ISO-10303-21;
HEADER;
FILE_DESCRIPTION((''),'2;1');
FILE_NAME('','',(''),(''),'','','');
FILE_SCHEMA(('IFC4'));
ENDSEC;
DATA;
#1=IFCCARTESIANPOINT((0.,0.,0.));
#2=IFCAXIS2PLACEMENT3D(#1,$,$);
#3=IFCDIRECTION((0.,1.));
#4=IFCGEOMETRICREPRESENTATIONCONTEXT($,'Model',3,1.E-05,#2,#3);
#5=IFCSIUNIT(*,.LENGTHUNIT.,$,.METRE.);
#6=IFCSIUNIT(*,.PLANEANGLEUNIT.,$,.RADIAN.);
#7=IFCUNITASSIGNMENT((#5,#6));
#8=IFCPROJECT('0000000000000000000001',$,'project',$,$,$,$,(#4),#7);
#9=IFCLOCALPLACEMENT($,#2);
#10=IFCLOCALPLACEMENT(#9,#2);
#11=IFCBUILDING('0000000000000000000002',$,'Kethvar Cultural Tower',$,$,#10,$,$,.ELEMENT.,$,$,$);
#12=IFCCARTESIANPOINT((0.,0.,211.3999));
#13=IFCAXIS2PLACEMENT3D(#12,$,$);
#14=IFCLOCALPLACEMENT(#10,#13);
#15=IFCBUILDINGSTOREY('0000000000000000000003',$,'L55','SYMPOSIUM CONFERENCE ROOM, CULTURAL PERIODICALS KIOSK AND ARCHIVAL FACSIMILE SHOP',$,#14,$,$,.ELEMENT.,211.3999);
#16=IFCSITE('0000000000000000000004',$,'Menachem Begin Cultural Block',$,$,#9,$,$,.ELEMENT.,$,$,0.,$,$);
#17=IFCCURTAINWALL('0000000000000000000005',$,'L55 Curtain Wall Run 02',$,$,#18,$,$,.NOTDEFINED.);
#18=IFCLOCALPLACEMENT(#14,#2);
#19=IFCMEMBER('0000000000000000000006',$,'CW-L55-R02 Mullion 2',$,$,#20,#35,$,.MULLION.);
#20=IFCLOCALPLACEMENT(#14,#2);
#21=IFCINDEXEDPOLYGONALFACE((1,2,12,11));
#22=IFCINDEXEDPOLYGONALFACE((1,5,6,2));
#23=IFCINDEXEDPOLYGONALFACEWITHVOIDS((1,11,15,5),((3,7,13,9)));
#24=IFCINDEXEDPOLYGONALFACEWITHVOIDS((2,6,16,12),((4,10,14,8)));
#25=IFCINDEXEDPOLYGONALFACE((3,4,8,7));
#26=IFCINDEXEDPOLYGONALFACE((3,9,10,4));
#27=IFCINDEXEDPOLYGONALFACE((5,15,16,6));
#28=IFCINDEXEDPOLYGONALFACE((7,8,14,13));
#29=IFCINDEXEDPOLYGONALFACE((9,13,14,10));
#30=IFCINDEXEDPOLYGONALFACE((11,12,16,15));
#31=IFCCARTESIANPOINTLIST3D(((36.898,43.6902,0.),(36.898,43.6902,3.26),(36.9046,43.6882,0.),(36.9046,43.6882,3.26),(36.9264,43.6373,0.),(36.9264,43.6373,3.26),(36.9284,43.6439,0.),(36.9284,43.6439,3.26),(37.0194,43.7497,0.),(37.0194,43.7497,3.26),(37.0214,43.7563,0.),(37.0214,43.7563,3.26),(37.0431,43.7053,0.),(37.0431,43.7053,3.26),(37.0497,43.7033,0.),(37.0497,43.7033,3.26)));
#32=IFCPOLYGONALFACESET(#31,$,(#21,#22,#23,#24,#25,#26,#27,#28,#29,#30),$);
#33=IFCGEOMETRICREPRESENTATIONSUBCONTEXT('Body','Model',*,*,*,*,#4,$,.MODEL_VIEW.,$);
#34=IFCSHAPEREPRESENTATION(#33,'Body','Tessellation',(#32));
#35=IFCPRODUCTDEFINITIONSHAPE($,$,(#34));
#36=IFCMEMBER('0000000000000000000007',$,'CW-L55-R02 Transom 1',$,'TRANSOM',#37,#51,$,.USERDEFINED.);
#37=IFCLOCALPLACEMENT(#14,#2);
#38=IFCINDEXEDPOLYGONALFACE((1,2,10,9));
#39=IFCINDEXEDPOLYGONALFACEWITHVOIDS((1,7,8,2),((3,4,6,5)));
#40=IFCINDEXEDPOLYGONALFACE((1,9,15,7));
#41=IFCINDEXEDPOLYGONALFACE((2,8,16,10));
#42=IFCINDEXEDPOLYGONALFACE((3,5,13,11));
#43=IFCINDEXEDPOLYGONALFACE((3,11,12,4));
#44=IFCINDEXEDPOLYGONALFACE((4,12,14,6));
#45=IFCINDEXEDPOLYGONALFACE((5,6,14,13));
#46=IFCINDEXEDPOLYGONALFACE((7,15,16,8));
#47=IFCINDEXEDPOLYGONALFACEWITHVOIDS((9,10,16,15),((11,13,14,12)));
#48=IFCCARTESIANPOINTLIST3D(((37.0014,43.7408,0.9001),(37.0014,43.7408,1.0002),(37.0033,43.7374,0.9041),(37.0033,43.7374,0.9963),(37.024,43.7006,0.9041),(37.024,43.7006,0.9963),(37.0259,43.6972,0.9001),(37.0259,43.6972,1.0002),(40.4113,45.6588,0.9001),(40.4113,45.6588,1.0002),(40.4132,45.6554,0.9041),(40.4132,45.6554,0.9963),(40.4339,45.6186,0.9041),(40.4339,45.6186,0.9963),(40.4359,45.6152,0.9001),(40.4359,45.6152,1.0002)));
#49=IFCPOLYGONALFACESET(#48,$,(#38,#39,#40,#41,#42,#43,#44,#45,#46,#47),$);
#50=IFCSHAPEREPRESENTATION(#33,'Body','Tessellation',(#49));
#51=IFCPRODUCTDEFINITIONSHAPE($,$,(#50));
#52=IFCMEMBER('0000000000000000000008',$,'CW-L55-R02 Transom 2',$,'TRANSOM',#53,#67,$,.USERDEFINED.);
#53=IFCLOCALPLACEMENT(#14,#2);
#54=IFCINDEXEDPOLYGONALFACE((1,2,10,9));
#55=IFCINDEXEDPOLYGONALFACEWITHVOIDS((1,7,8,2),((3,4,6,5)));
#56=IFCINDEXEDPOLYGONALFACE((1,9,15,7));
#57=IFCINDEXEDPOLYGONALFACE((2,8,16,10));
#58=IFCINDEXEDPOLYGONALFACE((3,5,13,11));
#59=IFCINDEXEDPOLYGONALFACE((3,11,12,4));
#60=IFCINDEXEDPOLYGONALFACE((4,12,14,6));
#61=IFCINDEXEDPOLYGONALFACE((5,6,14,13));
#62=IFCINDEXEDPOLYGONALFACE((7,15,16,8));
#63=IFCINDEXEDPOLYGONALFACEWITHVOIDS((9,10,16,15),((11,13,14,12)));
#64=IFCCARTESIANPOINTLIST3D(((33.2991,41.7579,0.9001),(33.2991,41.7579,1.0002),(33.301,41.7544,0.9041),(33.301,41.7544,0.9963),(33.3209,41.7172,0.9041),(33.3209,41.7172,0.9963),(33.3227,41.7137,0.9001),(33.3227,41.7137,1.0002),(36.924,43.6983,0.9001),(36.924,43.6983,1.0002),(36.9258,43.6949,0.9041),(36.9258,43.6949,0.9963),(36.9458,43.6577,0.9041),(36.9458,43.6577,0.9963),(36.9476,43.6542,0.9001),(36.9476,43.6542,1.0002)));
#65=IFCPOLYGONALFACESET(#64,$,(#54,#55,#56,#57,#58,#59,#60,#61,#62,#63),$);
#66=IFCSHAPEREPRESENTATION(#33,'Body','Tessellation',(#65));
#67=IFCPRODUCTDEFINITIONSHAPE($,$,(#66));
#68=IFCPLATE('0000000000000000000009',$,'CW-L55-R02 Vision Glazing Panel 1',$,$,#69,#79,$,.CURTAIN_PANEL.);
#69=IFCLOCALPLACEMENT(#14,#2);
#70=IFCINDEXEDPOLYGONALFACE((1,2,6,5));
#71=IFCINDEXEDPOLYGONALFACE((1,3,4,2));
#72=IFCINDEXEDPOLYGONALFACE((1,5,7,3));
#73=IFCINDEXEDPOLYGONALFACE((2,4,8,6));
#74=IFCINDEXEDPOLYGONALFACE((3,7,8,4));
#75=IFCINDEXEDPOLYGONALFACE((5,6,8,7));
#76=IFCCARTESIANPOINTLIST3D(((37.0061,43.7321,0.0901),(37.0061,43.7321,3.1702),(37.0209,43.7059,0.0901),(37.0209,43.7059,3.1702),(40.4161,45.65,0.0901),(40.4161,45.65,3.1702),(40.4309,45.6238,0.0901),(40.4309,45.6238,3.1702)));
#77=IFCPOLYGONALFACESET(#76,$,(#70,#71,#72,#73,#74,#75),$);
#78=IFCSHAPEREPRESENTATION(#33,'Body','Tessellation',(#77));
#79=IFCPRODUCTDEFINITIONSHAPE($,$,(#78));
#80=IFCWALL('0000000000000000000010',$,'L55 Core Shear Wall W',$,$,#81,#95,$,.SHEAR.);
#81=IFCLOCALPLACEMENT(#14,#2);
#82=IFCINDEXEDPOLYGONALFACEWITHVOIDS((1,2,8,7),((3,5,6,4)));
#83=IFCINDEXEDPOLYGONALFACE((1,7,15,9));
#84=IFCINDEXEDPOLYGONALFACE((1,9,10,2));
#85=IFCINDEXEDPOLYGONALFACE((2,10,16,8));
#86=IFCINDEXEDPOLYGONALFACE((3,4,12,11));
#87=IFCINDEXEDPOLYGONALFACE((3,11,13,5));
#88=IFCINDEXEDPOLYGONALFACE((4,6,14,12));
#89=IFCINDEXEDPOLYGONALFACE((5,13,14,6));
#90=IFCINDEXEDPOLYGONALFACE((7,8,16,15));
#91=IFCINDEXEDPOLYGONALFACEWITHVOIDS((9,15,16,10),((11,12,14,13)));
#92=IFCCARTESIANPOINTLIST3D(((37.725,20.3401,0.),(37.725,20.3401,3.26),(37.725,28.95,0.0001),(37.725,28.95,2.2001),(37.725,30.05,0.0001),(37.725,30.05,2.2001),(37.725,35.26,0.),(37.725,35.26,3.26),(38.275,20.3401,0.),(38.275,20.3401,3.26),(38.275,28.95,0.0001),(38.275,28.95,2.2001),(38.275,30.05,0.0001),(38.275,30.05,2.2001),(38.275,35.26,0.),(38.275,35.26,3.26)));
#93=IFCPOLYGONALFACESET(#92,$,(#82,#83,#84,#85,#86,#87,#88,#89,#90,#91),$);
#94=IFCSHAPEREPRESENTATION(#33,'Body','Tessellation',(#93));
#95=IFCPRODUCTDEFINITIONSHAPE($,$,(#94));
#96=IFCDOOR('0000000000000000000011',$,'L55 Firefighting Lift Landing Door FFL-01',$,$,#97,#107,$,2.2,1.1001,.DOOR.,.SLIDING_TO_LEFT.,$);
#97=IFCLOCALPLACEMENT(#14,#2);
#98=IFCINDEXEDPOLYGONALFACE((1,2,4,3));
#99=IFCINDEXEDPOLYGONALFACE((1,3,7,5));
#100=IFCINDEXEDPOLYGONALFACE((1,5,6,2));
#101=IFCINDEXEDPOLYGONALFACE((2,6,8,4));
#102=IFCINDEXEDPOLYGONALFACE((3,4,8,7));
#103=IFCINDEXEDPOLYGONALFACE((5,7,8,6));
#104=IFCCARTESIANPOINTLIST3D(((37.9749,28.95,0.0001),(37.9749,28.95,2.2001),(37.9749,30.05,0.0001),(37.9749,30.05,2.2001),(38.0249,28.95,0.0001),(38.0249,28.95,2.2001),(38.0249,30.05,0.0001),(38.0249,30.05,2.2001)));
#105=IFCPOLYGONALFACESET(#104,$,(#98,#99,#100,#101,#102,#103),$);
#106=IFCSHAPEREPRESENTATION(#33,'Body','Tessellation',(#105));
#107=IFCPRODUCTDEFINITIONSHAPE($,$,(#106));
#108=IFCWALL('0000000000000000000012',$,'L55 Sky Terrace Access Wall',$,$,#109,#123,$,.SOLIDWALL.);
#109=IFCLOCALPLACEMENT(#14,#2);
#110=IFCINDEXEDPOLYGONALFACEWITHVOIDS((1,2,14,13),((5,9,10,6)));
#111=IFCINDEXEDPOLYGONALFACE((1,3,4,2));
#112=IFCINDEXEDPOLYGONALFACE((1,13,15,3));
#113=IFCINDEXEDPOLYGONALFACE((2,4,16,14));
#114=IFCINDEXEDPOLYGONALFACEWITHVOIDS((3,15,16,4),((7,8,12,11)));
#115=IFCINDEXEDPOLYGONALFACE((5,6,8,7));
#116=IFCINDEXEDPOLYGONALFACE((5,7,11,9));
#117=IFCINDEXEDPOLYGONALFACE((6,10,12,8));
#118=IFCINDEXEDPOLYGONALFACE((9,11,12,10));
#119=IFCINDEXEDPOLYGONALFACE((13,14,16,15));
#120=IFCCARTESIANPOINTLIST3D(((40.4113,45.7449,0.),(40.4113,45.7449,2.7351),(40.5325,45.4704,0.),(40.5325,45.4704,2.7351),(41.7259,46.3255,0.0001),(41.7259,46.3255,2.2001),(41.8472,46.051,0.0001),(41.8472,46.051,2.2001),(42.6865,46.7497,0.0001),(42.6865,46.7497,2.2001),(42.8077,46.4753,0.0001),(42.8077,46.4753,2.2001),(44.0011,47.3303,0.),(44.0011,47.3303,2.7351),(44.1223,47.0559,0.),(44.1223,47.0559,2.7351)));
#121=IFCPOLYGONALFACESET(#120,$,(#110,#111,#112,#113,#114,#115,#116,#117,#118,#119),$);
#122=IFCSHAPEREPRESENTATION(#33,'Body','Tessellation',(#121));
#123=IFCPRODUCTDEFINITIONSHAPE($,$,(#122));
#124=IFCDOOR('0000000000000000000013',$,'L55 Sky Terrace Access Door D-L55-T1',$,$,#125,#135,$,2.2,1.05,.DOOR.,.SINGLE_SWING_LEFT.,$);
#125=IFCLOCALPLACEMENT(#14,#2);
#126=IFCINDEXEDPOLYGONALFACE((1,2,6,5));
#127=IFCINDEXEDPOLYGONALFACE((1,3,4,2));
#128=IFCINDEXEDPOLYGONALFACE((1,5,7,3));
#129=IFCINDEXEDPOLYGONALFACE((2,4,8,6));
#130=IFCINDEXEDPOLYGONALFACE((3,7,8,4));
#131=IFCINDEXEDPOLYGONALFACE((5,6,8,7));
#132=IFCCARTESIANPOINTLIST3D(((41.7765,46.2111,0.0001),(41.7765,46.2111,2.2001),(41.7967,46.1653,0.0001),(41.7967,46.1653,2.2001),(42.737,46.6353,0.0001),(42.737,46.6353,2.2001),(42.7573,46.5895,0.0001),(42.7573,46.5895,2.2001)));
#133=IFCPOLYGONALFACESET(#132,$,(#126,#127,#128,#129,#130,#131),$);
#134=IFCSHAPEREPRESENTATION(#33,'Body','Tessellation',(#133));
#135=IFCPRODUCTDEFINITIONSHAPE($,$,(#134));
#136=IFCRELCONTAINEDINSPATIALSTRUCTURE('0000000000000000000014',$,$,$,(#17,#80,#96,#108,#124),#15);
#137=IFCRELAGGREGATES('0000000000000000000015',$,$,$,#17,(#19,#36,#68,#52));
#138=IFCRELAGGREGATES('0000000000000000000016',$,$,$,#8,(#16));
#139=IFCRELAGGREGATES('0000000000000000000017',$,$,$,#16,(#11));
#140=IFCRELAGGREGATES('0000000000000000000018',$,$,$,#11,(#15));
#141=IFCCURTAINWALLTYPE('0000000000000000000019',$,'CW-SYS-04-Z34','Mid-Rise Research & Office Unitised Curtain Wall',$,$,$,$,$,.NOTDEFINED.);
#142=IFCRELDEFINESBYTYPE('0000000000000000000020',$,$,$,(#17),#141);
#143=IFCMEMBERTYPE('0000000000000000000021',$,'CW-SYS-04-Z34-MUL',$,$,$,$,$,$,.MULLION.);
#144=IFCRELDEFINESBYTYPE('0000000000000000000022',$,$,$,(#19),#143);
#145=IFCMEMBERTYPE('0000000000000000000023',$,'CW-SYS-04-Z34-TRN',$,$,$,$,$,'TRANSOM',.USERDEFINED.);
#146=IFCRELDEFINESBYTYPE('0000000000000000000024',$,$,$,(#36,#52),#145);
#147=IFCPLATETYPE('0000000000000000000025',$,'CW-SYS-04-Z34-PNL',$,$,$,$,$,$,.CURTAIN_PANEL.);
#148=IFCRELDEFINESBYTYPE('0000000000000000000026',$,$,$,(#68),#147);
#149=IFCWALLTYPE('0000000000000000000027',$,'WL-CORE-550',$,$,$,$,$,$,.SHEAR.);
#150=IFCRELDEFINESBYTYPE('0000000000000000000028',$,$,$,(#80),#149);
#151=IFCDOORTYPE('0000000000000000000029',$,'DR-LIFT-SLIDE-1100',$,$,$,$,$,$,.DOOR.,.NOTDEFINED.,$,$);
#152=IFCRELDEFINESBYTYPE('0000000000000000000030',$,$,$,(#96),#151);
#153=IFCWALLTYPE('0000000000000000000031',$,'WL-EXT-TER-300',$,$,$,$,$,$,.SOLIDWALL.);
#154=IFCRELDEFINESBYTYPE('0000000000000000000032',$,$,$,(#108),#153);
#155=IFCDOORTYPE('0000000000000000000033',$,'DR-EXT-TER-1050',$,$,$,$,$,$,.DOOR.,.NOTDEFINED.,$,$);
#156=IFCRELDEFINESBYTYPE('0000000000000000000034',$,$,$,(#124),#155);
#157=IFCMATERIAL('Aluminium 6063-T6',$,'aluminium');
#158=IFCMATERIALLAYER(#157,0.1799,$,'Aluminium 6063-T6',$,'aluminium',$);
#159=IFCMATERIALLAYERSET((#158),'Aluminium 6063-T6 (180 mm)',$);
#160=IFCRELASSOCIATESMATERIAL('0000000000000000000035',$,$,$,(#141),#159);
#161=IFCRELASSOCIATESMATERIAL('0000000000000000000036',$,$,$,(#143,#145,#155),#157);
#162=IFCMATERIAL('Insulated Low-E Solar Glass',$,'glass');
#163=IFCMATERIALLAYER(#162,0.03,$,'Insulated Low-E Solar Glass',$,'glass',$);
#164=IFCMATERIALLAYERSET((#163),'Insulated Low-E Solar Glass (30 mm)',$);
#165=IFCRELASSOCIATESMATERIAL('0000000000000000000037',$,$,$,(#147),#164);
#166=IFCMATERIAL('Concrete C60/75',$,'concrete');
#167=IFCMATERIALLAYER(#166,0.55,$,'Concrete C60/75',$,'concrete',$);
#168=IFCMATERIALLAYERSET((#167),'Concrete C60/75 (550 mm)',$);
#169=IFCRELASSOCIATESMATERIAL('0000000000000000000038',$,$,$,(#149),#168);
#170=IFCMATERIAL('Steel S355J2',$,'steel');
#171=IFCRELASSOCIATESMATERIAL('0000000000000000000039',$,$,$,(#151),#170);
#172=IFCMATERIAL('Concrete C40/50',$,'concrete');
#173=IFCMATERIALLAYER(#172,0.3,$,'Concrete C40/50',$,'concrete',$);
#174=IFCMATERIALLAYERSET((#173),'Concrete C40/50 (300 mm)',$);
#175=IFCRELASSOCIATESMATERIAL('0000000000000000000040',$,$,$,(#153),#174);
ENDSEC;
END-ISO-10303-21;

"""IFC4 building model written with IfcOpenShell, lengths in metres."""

from ifc_helpers import new_model, si_unit, direction, frame, frame_2d, origin, origin_2d, place, context, subcontext, project, spatial, rectangle, hollow_rectangle, extrude, source, transform, mapped, material, layer, layer_set, material_profile, profile_set, type_object, element, fill, aggregate, save


model = new_model("IFC4")

# Units and contexts
model_context = context("Model", 3, precision=1e-05, world=origin(), true_north=direction((0.0, 1.0)))
body_context = subcontext(model_context, "Body", "Model", "MODEL_VIEW")
ifc_project = project(units=[si_unit("LENGTHUNIT", "METRE"), si_unit("PLANEANGLEUNIT", "RADIAN")], contexts=[model_context])

# Site, building, storey
site_placement = place(None, origin())
site = spatial("IfcSite", under=ifc_project, at=site_placement, Name="Menachem Begin Cultural Block", CompositionType="ELEMENT", RefElevation=0.0)
building_placement = place(site_placement, origin())
building = spatial("IfcBuilding", under=site, at=building_placement, Name="Kethvar Cultural Tower", CompositionType="ELEMENT")
storey_placement = place(building_placement, frame((0.0, 0.0, 211.3999)))
storey = spatial("IfcBuildingStorey", under=building, at=storey_placement, Name="L55", Description="SYMPOSIUM CONFERENCE ROOM, CULTURAL PERIODICALS KIOSK AND ARCHIVAL FACSIMILE SHOP", CompositionType="ELEMENT", Elevation=211.3999)

# Shared definitions
ifc_material_1 = material(Name="Steel S355J2", Category="steel")

# Shared definitions
ifc_material_2 = material(Name="Aluminium 6063-T6", Category="aluminium")
ifc_layer_1 = layer(ifc_material_2, 0.1799, Name="Aluminium 6063-T6", Category="aluminium")
ifc_layer_set_1 = layer_set([ifc_layer_1], Name="Aluminium 6063-T6 (180 mm)")
curtain_wall_type = type_object("IfcCurtainWallType", Name="CW-SYS-04-Z34", Description="Mid-Rise Research & Office Unitised Curtain Wall", PredefinedType="NOTDEFINED", material=ifc_layer_set_1)
ifc_material_profile_1 = material_profile(ifc_material_2, hollow_rectangle(XDim=0.0601, YDim=0.1399, WallThickness=0.0049, at=origin_2d()), Name="Aluminium 6063-T6 — RHS140x60x5")
ifc_profile_set_1 = profile_set([ifc_material_profile_1], Name="Aluminium 6063-T6 — RHS140x60x5")
member_type_1 = type_object("IfcMemberType", Name="CW-SYS-04-Z34-MUL", PredefinedType="MULLION", material=ifc_profile_set_1)
shared_shape_1 = source(origin(), body_context, "Body", "SweptSolid", [
    extrude(hollow_rectangle(XDim=0.0601, YDim=0.1399, WallThickness=0.0049, at=origin_2d()), origin(), (0.0, 0.0, 1.0), 3.26),
])

# Curtain wall, members, plate
curtain_wall_1_placement = place(storey_placement, origin())
curtain_wall_1 = element("IfcCurtainWall", 1, at=curtain_wall_1_placement, inside=storey, type_object=curtain_wall_type, Name="L55 Curtain Wall Run 02", PredefinedType="NOTDEFINED")
member_1_placement = place(storey_placement, frame((36.9739, 43.6968, 0.0), z_axis=(0.0, 0.0, 1.0), x_axis=(0.471982, -0.881608, 0.0)))
member_1 = element("IfcMember", 2, at=member_1_placement, type_object=member_type_1, Name="CW-L55-R02 Mullion 2", PredefinedType="MULLION", context=body_context, shape_type="MappedRepresentation", body=[
    mapped(shared_shape_1, transform((0.0, 0.0, 0.0), scale=1.0)),
])
ifc_material_profile_2 = material_profile(ifc_material_2, hollow_rectangle(XDim=0.05, YDim=0.1001, WallThickness=0.0039, at=origin_2d()), Name="Aluminium 6063-T6 — RHS100x50x4")
ifc_profile_set_2 = profile_set([ifc_material_profile_2], Name="Aluminium 6063-T6 — RHS100x50x4")
member_type_2 = type_object("IfcMemberType", Name="CW-SYS-04-Z34-TRN", ElementType="TRANSOM", PredefinedType="USERDEFINED", material=ifc_profile_set_2)
shared_shape_2 = source(origin(), body_context, "Body", "SweptSolid", [
    extrude(hollow_rectangle(XDim=0.05, YDim=0.1001, WallThickness=0.0039, at=origin_2d()), origin(), (0.0, 0.0, 1.0), 3.9124),
])
member_2_placement = place(storey_placement, frame((40.4236, 45.637, 0.9502), z_axis=(-0.871587, -0.490241, 0.0), x_axis=(0.490241, -0.871587, 0.0)))
member_2 = element("IfcMember", 3, at=member_2_placement, type_object=member_type_2, Name="CW-L55-R02 Transom 1", ObjectType="TRANSOM", PredefinedType="USERDEFINED", context=body_context, shape_type="MappedRepresentation", body=[
    mapped(shared_shape_2, transform((0.0, 0.0, 0.0), scale=1.0)),
])
shared_shape_3 = source(origin(), body_context, "Body", "SweptSolid", [
    extrude(hollow_rectangle(XDim=0.05, YDim=0.1001, WallThickness=0.0039, at=origin_2d()), origin(), (0.0, 0.0, 1.0), 4.1116),
])
member_3_placement = place(storey_placement, frame((36.9358, 43.6763, 0.9502), z_axis=(-0.881622, -0.471956, 0.0), x_axis=(0.471956, -0.881622, 0.0)))
member_3 = element("IfcMember", 4, at=member_3_placement, type_object=member_type_2, Name="CW-L55-R02 Transom 2", ObjectType="TRANSOM", PredefinedType="USERDEFINED", context=body_context, shape_type="MappedRepresentation", body=[
    mapped(shared_shape_3, transform((0.0, 0.0, 0.0), scale=1.0)),
])
ifc_material_3 = material(Name="Insulated Low-E Solar Glass", Category="glass")
ifc_layer_2 = layer(ifc_material_3, 0.03, Name="Insulated Low-E Solar Glass", Category="glass")
ifc_layer_set_2 = layer_set([ifc_layer_2], Name="Insulated Low-E Solar Glass (30 mm)")
plate_type = type_object("IfcPlateType", Name="CW-SYS-04-Z34-PNL", PredefinedType="CURTAIN_PANEL", material=ifc_layer_set_2)
shared_shape_4 = source(origin(), body_context, "Body", "SweptSolid", [
    extrude(rectangle(XDim=3.9124, YDim=0.03, at=origin_2d()), origin(), (0.0, 0.0, 1.0), 3.0801),
])
plate_placement = place(storey_placement, frame((38.7185, 44.678, 0.0901), z_axis=(0.0, 0.0, 1.0), x_axis=(-0.871599, -0.490219, 0.0)))
plate = element("IfcPlate", 5, at=plate_placement, type_object=plate_type, Name="CW-L55-R02 Vision Glazing Panel 1", PredefinedType="CURTAIN_PANEL", context=body_context, shape_type="MappedRepresentation", body=[
    mapped(shared_shape_4, transform((0.0, 0.0, 0.0), scale=1.0)),
])
aggregate(curtain_wall_1, [member_1, member_2, plate, member_3])

# Walls, openings, doors
ifc_material_4 = material(Name="Concrete C60/75", Category="concrete")
ifc_layer_3 = layer(ifc_material_4, 0.55, Name="Concrete C60/75", Category="concrete")
ifc_layer_set_3 = layer_set([ifc_layer_3], Name="Concrete C60/75 (550 mm)")
wall_type_1 = type_object("IfcWallType", Name="WL-CORE-550", PredefinedType="SHEAR", material=ifc_layer_set_3)
wall_1_placement = place(storey_placement, frame((38.0, 35.26, 0.0), z_axis=(0.0, 0.0, 1.0), x_axis=(0.0, -1.0, 0.0)))
wall_1 = element("IfcWall", 6, at=wall_1_placement, inside=storey, type_object=wall_type_1, Name="L55 Core Shear Wall W", PredefinedType="SHEAR", context=body_context, shape_type="SweptSolid", body=[
    extrude(rectangle(XDim=14.9199, YDim=0.55, at=frame_2d((7.46, 0.0))), origin(), (0.0, 0.0, 1.0), 3.26),
])
opening_1_placement = place(wall_1_placement, frame((5.21, 0.0, 0.0)))
opening_1 = element("IfcOpeningElement", 7, at=opening_1_placement, cuts=wall_1, PredefinedType="OPENING", context=body_context, shape_type="SweptSolid", body=[
    extrude(rectangle(XDim=1.1001, YDim=2.2, at=frame_2d((0.55, 1.1001))), frame((0.0, 0.2849, 0.0), z_axis=(0.0, -1.0, 0.0), x_axis=(1.0, 0.0, 0.0)), (0.0, 0.0, 1.0), 0.5701),
])
door_type_1 = type_object("IfcDoorType", Name="DR-LIFT-SLIDE-1100", OperationType="NOTDEFINED", PredefinedType="DOOR", material=ifc_material_1)
shared_shape_5 = source(origin(), body_context, "Body", "SweptSolid", [
    extrude(rectangle(XDim=1.1001, YDim=2.2, at=frame_2d((0.55, 1.1001))), frame((0.0, 0.0249, 0.0), z_axis=(0.0, -1.0, 0.0), x_axis=(1.0, 0.0, 0.0)), (0.0, 0.0, 1.0), 0.05),
])
door_1_placement = place(opening_1_placement, origin())
door_1 = element("IfcDoor", 8, at=door_1_placement, inside=storey, type_object=door_type_1, Name="L55 Firefighting Lift Landing Door FFL-01", OperationType="SLIDING_TO_LEFT", OverallHeight=2.2, OverallWidth=1.1001, PredefinedType="DOOR", context=body_context, shape_type="MappedRepresentation", body=[
    mapped(shared_shape_5, transform((0.0, 0.0, 0.0), scale=1.0)),
])
fill(opening_1, door_1)
ifc_material_5 = material(Name="Concrete C40/50", Category="concrete")
ifc_layer_4 = layer(ifc_material_5, 0.3, Name="Concrete C40/50", Category="concrete")
ifc_layer_set_4 = layer_set([ifc_layer_4], Name="Concrete C40/50 (300 mm)")
wall_type_2 = type_object("IfcWallType", Name="WL-EXT-TER-300", PredefinedType="SOLIDWALL", material=ifc_layer_set_4)
wall_2_placement = place(storey_placement, frame((40.4719, 45.6077, 0.0), z_axis=(0.0, 0.0, 1.0), x_axis=(0.914758, 0.404002, 0.0)))
wall_2 = element("IfcWall", 9, at=wall_2_placement, inside=storey, type_object=wall_type_2, Name="L55 Sky Terrace Access Wall", PredefinedType="SOLIDWALL", context=body_context, shape_type="SweptSolid", body=[
    extrude(rectangle(XDim=3.9243, YDim=0.3, at=frame_2d((1.9622, 0.0))), origin(), (0.0, 0.0, 1.0), 2.7351),
])
opening_2_placement = place(wall_2_placement, frame((1.4373, 0.0, 0.0)))
opening_2 = element("IfcOpeningElement", 10, at=opening_2_placement, cuts=wall_2, PredefinedType="OPENING", context=body_context, shape_type="SweptSolid", body=[
    extrude(rectangle(XDim=1.05, YDim=2.2, at=frame_2d((0.5249, 1.1001))), frame((0.0, 0.1599, 0.0), z_axis=(0.0, -1.0, 0.0), x_axis=(1.0, 0.0, 0.0)), (0.0, 0.0, 1.0), 0.3201),
])
door_type_2 = type_object("IfcDoorType", Name="DR-EXT-TER-1050", OperationType="NOTDEFINED", PredefinedType="DOOR", material=ifc_material_2)
shared_shape_6 = source(origin(), body_context, "Body", "SweptSolid", [
    extrude(rectangle(XDim=1.05, YDim=2.2, at=frame_2d((0.5249, 1.1001))), frame((0.0, 0.0249, 0.0), z_axis=(0.0, -1.0, 0.0), x_axis=(1.0, 0.0, 0.0)), (0.0, 0.0, 1.0), 0.05),
])
door_2_placement = place(opening_2_placement, origin())
door_2 = element("IfcDoor", 11, at=door_2_placement, inside=storey, type_object=door_type_2, Name="L55 Sky Terrace Access Door D-L55-T1", OperationType="SINGLE_SWING_LEFT", OverallHeight=2.2, OverallWidth=1.05, PredefinedType="DOOR", context=body_context, shape_type="MappedRepresentation", body=[
    mapped(shared_shape_6, transform((0.0, 0.0, 0.0), scale=1.0)),
])
fill(opening_2, door_2)

save(model, "model.ifc")
